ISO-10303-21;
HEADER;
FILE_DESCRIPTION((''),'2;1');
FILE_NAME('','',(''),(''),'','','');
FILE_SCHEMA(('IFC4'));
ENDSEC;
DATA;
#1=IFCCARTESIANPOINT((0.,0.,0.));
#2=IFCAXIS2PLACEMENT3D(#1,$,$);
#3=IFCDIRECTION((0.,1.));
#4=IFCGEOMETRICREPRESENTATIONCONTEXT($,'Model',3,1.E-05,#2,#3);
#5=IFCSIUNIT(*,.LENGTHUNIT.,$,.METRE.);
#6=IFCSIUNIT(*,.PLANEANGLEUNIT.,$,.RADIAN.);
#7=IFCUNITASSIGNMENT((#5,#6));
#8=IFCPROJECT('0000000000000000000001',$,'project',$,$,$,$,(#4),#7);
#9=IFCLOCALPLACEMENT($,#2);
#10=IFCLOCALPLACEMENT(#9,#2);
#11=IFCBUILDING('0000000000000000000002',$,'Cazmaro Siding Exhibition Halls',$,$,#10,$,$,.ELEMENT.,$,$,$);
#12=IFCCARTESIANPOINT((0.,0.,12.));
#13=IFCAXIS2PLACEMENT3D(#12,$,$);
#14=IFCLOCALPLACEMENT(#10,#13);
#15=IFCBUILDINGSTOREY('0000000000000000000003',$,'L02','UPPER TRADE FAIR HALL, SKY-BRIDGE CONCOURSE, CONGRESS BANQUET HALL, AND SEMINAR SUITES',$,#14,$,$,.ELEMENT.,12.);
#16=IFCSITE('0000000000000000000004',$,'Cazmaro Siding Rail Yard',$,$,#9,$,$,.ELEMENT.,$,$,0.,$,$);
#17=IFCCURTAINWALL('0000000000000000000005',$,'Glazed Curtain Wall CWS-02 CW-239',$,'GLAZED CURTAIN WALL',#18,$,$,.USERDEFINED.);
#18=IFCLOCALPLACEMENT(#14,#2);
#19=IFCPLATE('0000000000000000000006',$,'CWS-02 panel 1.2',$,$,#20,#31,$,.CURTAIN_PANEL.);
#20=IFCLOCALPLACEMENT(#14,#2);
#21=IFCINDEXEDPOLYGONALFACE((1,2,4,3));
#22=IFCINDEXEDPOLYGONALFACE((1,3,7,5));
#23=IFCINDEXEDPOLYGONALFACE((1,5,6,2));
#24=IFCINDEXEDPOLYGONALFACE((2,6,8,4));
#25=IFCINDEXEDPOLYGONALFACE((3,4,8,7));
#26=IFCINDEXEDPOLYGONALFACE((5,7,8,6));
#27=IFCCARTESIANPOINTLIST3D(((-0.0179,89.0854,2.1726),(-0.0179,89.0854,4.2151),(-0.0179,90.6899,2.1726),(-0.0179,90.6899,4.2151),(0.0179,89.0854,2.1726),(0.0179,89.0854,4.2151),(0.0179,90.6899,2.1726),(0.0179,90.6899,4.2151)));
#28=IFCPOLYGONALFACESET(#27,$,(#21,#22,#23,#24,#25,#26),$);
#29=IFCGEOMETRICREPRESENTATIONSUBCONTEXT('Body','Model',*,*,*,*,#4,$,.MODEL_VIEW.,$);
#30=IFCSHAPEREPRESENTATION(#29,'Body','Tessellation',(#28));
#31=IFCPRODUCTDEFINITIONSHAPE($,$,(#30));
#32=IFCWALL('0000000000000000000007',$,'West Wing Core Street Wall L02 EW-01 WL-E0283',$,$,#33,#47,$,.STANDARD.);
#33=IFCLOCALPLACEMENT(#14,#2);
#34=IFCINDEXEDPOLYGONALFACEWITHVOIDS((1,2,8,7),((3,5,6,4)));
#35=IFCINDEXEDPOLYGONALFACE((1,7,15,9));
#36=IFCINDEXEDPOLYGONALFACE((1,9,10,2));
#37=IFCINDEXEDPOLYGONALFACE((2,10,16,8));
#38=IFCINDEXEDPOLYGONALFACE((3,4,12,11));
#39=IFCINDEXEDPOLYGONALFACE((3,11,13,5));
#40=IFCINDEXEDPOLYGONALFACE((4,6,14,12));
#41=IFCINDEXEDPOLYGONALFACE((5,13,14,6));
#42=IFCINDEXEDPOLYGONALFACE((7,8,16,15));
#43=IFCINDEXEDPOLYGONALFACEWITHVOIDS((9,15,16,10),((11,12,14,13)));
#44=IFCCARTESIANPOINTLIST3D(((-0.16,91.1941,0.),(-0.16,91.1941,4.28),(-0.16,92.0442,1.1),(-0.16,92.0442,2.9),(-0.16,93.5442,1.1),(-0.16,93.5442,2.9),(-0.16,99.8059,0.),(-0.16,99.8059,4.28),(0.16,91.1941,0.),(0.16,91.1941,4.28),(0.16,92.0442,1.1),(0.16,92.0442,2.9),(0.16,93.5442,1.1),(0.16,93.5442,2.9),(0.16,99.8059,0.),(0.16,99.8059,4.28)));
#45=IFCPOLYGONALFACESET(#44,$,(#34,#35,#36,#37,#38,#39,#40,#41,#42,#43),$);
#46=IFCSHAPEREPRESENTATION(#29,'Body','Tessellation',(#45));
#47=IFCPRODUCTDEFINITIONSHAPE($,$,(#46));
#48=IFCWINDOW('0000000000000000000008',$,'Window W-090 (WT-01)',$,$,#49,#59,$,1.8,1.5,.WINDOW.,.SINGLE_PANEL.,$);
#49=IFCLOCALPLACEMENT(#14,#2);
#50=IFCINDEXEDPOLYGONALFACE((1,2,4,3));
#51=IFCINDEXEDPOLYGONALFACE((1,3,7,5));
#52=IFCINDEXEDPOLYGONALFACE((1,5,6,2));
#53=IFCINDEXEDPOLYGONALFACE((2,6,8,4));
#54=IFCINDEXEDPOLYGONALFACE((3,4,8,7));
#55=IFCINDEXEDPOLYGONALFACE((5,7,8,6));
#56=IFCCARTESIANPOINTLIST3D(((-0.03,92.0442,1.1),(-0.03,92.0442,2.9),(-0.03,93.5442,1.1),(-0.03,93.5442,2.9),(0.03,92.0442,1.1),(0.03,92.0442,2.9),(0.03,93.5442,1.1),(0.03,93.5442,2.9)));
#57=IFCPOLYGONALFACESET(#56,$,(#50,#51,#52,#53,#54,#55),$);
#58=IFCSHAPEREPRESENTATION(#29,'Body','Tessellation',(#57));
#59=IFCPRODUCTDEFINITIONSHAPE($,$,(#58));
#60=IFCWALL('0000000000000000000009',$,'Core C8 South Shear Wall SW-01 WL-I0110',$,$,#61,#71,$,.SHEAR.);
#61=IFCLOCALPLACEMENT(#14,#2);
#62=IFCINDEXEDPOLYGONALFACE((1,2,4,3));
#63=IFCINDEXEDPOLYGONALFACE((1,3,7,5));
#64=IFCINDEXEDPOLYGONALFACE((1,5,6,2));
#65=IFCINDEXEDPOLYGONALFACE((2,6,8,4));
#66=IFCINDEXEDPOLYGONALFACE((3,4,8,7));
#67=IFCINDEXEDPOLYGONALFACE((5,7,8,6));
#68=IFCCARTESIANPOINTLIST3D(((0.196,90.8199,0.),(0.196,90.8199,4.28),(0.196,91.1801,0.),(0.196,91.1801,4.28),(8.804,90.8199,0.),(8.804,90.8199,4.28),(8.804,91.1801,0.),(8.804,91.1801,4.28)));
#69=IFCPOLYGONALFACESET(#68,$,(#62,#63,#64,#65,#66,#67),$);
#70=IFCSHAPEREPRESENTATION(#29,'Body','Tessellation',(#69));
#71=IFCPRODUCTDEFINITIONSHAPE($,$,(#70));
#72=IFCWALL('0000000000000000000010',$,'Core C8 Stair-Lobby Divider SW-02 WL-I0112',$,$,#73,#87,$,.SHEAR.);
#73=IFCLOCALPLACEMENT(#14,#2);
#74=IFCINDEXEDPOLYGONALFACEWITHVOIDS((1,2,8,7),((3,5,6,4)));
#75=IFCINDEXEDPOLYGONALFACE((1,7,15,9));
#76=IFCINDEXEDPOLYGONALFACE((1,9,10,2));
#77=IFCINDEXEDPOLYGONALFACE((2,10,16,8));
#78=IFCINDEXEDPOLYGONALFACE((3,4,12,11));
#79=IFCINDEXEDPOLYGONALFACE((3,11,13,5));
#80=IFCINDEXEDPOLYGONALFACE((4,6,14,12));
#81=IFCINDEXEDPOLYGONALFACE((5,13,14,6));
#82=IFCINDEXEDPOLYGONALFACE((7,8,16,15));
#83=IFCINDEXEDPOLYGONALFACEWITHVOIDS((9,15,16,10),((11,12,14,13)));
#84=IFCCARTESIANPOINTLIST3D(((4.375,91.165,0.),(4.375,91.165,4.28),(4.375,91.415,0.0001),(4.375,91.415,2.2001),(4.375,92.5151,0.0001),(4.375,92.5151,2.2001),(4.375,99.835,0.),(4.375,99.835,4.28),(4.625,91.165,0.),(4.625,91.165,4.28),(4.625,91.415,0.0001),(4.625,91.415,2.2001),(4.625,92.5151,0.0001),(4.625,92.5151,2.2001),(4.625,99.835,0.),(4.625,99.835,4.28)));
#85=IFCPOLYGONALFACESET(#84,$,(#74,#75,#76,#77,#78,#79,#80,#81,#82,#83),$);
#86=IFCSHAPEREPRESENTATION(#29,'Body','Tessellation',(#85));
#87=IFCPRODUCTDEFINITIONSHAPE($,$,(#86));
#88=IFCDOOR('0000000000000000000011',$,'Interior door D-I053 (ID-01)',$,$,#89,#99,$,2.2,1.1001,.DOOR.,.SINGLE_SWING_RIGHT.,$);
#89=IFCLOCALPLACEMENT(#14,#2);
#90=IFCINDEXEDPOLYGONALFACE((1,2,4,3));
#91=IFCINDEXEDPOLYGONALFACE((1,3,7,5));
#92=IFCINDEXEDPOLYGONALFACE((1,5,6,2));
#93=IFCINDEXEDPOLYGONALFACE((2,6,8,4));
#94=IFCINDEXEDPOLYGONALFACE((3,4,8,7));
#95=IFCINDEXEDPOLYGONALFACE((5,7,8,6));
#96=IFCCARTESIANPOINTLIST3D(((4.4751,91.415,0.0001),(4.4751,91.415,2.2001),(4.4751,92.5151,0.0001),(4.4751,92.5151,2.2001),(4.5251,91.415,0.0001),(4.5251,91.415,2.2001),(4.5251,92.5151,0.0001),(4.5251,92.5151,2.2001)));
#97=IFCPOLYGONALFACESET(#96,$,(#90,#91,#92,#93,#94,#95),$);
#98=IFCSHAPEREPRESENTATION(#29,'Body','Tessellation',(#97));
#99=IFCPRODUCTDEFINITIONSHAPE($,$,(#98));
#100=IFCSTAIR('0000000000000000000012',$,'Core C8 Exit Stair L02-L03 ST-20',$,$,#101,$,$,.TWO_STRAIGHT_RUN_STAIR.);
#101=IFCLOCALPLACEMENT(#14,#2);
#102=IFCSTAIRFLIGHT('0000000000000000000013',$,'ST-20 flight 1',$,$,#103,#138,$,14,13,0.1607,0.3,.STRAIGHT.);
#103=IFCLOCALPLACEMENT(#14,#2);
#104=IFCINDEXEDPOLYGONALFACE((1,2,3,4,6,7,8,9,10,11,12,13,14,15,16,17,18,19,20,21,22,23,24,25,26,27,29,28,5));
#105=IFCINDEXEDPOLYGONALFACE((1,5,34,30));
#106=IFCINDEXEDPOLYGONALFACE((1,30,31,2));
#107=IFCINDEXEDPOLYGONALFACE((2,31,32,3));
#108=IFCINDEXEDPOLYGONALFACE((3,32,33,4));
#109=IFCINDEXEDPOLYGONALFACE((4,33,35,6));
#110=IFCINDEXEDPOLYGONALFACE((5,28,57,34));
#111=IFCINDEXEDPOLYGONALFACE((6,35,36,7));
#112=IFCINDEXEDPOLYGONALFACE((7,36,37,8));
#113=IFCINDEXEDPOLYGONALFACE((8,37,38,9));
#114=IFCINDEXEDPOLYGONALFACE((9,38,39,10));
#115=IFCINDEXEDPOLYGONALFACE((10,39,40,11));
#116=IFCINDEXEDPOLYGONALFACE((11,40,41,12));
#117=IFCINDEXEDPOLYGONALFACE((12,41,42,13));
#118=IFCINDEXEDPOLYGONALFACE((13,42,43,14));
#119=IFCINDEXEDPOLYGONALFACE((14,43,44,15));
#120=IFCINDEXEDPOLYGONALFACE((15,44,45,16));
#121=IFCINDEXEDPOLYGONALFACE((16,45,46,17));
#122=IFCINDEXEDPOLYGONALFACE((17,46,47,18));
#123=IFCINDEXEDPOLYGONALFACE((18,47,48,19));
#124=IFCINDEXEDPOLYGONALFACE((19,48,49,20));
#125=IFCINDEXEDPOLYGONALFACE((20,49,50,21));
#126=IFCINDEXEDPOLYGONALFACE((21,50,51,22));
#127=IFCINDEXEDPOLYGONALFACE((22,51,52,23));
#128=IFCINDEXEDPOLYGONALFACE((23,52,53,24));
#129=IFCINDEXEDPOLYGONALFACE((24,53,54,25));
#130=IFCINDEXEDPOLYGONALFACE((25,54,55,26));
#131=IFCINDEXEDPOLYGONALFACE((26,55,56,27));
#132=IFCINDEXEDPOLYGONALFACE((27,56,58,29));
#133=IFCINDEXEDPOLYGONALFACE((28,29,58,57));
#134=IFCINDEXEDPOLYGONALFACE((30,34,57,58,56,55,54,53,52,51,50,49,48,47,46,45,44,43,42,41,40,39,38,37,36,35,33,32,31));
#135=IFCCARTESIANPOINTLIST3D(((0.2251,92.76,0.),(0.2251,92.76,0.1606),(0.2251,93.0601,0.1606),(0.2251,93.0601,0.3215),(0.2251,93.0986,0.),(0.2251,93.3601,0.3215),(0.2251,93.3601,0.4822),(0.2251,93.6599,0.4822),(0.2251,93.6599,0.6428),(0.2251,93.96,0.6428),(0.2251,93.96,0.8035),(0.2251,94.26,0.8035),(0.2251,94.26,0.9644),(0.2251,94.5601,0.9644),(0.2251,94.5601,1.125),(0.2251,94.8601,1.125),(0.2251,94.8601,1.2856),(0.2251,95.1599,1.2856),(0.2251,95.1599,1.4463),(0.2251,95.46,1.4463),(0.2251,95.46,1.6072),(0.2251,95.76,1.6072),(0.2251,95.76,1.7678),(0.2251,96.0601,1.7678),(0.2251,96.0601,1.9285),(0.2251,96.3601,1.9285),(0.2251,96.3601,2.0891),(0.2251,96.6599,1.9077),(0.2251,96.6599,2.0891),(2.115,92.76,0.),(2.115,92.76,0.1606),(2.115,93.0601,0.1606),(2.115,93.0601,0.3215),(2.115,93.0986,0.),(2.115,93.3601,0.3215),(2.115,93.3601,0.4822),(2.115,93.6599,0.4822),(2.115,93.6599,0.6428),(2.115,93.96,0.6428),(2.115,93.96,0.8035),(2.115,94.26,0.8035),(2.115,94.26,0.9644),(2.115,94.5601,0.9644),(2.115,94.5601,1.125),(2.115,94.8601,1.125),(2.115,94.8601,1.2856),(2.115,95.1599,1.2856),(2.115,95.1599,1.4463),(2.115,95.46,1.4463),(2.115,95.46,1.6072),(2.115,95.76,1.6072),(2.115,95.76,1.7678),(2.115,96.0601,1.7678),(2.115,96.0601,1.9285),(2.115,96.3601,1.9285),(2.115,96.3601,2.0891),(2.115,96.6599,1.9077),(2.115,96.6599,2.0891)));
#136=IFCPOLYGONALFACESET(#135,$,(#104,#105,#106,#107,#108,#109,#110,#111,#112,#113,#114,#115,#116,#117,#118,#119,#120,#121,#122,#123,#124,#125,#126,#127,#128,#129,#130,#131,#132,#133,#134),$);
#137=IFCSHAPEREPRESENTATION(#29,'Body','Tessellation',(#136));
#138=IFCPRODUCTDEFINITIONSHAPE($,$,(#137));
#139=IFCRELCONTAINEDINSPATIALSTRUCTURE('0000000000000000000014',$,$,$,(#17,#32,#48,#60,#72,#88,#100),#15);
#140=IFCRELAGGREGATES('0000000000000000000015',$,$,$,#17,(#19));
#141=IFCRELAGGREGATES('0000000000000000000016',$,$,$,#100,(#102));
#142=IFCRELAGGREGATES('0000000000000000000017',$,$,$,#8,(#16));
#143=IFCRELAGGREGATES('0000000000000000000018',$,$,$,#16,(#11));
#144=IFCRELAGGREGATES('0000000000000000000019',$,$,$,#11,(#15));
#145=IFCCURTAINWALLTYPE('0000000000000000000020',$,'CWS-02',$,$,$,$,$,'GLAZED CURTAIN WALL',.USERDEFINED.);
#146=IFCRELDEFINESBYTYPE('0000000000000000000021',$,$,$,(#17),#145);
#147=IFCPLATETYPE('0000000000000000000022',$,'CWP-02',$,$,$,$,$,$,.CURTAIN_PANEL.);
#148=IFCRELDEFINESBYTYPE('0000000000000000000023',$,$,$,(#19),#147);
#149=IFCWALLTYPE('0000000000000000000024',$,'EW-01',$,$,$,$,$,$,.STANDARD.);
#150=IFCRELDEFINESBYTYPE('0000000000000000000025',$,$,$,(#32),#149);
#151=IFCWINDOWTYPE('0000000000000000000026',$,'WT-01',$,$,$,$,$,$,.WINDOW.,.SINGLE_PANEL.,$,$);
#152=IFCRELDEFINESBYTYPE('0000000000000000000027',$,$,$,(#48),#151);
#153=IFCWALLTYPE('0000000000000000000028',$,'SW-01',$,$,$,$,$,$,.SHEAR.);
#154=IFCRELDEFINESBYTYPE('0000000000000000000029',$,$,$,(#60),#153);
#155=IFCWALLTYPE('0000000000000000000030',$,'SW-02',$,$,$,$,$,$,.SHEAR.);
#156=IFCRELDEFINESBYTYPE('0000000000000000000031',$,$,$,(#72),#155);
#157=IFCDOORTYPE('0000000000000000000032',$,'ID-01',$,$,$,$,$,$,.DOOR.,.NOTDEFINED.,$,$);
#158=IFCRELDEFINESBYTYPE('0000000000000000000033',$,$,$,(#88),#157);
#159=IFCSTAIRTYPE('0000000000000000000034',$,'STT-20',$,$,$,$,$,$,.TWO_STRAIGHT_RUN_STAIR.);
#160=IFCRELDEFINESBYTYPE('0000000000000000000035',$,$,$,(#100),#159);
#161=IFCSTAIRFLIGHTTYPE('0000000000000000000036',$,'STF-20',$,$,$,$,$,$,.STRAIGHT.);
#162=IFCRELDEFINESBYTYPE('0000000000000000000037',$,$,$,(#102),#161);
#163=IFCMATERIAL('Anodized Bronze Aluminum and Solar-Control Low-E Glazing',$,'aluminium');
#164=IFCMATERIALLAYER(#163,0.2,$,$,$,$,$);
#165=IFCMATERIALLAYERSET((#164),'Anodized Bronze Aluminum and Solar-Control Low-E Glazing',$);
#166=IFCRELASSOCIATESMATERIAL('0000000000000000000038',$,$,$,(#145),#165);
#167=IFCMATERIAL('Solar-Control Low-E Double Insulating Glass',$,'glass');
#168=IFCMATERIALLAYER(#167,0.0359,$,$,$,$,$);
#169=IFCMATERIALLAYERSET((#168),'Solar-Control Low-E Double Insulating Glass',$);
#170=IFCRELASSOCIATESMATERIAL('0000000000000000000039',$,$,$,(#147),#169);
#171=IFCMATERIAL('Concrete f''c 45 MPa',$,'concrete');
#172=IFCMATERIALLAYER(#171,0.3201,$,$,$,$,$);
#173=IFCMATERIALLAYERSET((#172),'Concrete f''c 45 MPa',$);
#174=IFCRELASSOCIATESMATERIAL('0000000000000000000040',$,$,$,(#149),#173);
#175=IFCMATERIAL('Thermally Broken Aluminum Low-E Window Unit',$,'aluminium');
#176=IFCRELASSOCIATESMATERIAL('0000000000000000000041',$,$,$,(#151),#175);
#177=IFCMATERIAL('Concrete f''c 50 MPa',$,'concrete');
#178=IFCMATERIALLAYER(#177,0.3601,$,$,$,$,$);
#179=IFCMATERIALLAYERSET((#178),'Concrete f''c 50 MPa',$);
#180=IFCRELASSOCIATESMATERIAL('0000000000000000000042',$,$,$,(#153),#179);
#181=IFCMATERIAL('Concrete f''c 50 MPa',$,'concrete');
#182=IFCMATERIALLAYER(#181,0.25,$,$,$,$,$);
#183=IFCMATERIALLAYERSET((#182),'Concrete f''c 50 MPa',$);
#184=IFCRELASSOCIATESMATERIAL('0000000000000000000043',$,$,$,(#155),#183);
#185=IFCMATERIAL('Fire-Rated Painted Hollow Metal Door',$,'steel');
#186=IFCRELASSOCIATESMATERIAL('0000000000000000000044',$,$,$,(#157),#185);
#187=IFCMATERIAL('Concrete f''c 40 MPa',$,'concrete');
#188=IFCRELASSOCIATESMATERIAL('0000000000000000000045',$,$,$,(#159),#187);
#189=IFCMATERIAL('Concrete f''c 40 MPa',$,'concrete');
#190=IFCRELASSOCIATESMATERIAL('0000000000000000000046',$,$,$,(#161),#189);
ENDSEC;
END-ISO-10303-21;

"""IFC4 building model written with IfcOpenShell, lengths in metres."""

from ifc_helpers import new_model, si_unit, direction, frame, frame_2d, origin, origin_2d, place, context, subcontext, project, spatial, polyline, rectangle, outline, extrude, material, layer, layer_set, type_object, element, fill, aggregate, save


model = new_model("IFC4")

# Units and contexts
model_context = context("Model", 3, precision=1e-05, world=origin(), true_north=direction((0.0, 1.0)))
body_context = subcontext(model_context, "Body", "Model", "MODEL_VIEW")
ifc_project = project(units=[si_unit("LENGTHUNIT", "METRE"), si_unit("PLANEANGLEUNIT", "RADIAN")], contexts=[model_context])

# Site, building, storey
site_placement = place(None, origin())
site = spatial("IfcSite", under=ifc_project, at=site_placement, Name="Cazmaro Siding Rail Yard", CompositionType="ELEMENT", RefElevation=0.0)
building_placement = place(site_placement, origin())
building = spatial("IfcBuilding", under=site, at=building_placement, Name="Cazmaro Siding Exhibition Halls", CompositionType="ELEMENT")
storey_placement = place(building_placement, frame((0.0, 0.0, 12.0)))
storey = spatial("IfcBuildingStorey", under=building, at=storey_placement, Name="L02", Description="UPPER TRADE FAIR HALL, SKY-BRIDGE CONCOURSE, CONGRESS BANQUET HALL, AND SEMINAR SUITES", CompositionType="ELEMENT", Elevation=12.0)

# Curtain wall
ifc_material_1 = material(Name="Anodized Bronze Aluminum and Solar-Control Low-E Glazing", Category="aluminium")
ifc_layer_1 = layer(ifc_material_1, 0.2)
ifc_layer_set_1 = layer_set([ifc_layer_1], Name="Anodized Bronze Aluminum and Solar-Control Low-E Glazing")
curtain_wall_type = type_object("IfcCurtainWallType", Name="CWS-02", ElementType="GLAZED CURTAIN WALL", PredefinedType="USERDEFINED", material=ifc_layer_set_1)
curtain_wall_placement = place(storey_placement, origin())
curtain_wall = element("IfcCurtainWall", 1, at=curtain_wall_placement, inside=storey, type_object=curtain_wall_type, Name="Glazed Curtain Wall CWS-02 CW-239", ObjectType="GLAZED CURTAIN WALL", PredefinedType="USERDEFINED")

# Plate
ifc_material_2 = material(Name="Solar-Control Low-E Double Insulating Glass", Category="glass")
ifc_layer_2 = layer(ifc_material_2, 0.0359)
ifc_layer_set_2 = layer_set([ifc_layer_2], Name="Solar-Control Low-E Double Insulating Glass")
plate_type = type_object("IfcPlateType", Name="CWP-02", PredefinedType="CURTAIN_PANEL", material=ifc_layer_set_2)
plate_1_placement = place(storey_placement, frame((0.0, 89.8877, 2.1726), z_axis=(0.0, 0.0, 1.0), x_axis=(0.0, -1.0, 0.0)))
plate_1 = element("IfcPlate", 2, at=plate_1_placement, type_object=plate_type, Name="CWS-02 panel 1.2", PredefinedType="CURTAIN_PANEL", context=body_context, shape_type="SweptSolid", body=[
    extrude(rectangle(XDim=1.6045, YDim=0.0359, at=origin_2d()), origin(), (0.0, 0.0, 1.0), 2.0425),
])
aggregate(curtain_wall, [plate_1])

# Wall, opening, window
ifc_material_3 = material(Name="Concrete f'c 45 MPa", Category="concrete")
ifc_layer_3 = layer(ifc_material_3, 0.3201)
ifc_layer_set_3 = layer_set([ifc_layer_3], Name="Concrete f'c 45 MPa")
wall_type_1 = type_object("IfcWallType", Name="EW-01", PredefinedType="STANDARD", material=ifc_layer_set_3)
wall_1_placement = place(storey_placement, frame((0.0, 91.1941, 0.0), z_axis=(0.0, 0.0, 1.0), x_axis=(0.0, 1.0, 0.0)))
wall_1 = element("IfcWall", 3, at=wall_1_placement, inside=storey, type_object=wall_type_1, Name="West Wing Core Street Wall L02 EW-01 WL-E0283", PredefinedType="STANDARD", context=body_context, shape_type="SweptSolid", body=[
    extrude(rectangle(XDim=8.6118, YDim=0.3201, at=frame_2d((4.3059, 0.0))), origin(), (0.0, 0.0, 1.0), 4.28),
])
opening_1_placement = place(wall_1_placement, frame((0.8501, 0.0, 1.1001)))
opening_1 = element("IfcOpeningElement", 4, at=opening_1_placement, cuts=wall_1, PredefinedType="OPENING", context=body_context, shape_type="SweptSolid", body=[
    extrude(rectangle(XDim=1.5, YDim=1.8, at=frame_2d((0.75, 0.8999))), frame((0.0, 0.1699, 0.0), z_axis=(0.0, -1.0, 0.0), x_axis=(1.0, 0.0, 0.0)), (0.0, 0.0, 1.0), 0.3401),
])
ifc_material_4 = material(Name="Thermally Broken Aluminum Low-E Window Unit", Category="aluminium")
window_type = type_object("IfcWindowType", Name="WT-01", PartitioningType="SINGLE_PANEL", PredefinedType="WINDOW", material=ifc_material_4)
window_placement = place(opening_1_placement, origin())
window = element("IfcWindow", 5, at=window_placement, inside=storey, type_object=window_type, Name="Window W-090 (WT-01)", OverallHeight=1.8, OverallWidth=1.5, PartitioningType="SINGLE_PANEL", PredefinedType="WINDOW", context=body_context, shape_type="SweptSolid", body=[
    extrude(rectangle(XDim=1.5, YDim=1.8, at=frame_2d((0.75, 0.8999))), frame((0.0, 0.03, 0.0), z_axis=(0.0, -1.0, 0.0), x_axis=(1.0, 0.0, 0.0)), (0.0, 0.0, 1.0), 0.0601),
])
fill(opening_1, window)

# Wall
ifc_material_5 = material(Name="Concrete f'c 50 MPa", Category="concrete")
ifc_layer_4 = layer(ifc_material_5, 0.3601)
ifc_layer_set_4 = layer_set([ifc_layer_4], Name="Concrete f'c 50 MPa")
wall_type_2 = type_object("IfcWallType", Name="SW-01", PredefinedType="SHEAR", material=ifc_layer_set_4)
wall_2_placement = place(storey_placement, frame((0.196, 91.0, 0.0), z_axis=(0.0, 0.0, 1.0), x_axis=(1.0, 0.0, 0.0)))
element("IfcWall", 6, at=wall_2_placement, inside=storey, type_object=wall_type_2, Name="Core C8 South Shear Wall SW-01 WL-I0110", PredefinedType="SHEAR", context=body_context, shape_type="SweptSolid", body=[
    extrude(rectangle(XDim=8.6079, YDim=0.3601, at=frame_2d((4.304, 0.0))), origin(), (0.0, 0.0, 1.0), 4.28),
])

# Wall, opening, door
ifc_material_6 = material(Name="Concrete f'c 50 MPa", Category="concrete")
ifc_layer_5 = layer(ifc_material_6, 0.25)
ifc_layer_set_5 = layer_set([ifc_layer_5], Name="Concrete f'c 50 MPa")
wall_type_3 = type_object("IfcWallType", Name="SW-02", PredefinedType="SHEAR", material=ifc_layer_set_5)
wall_3_placement = place(storey_placement, frame((4.5, 91.165, 0.0), z_axis=(0.0, 0.0, 1.0), x_axis=(0.0, 1.0, 0.0)))
wall_3 = element("IfcWall", 7, at=wall_3_placement, inside=storey, type_object=wall_type_3, Name="Core C8 Stair-Lobby Divider SW-02 WL-I0112", PredefinedType="SHEAR", context=body_context, shape_type="SweptSolid", body=[
    extrude(rectangle(XDim=8.6699, YDim=0.25, at=frame_2d((4.335, 0.0))), origin(), (0.0, 0.0, 1.0), 4.28),
])
opening_2_placement = place(wall_3_placement, frame((0.25, 0.0, 0.0)))
opening_2 = element("IfcOpeningElement", 8, at=opening_2_placement, cuts=wall_3, PredefinedType="OPENING", context=body_context, shape_type="SweptSolid", body=[
    extrude(rectangle(XDim=1.1001, YDim=2.2, at=frame_2d((0.55, 1.1001))), frame((0.0, 0.135, 0.0), z_axis=(0.0, -1.0, 0.0), x_axis=(1.0, 0.0, 0.0)), (0.0, 0.0, 1.0), 0.27),
])
ifc_material_7 = material(Name="Fire-Rated Painted Hollow Metal Door", Category="steel")
door_type = type_object("IfcDoorType", Name="ID-01", OperationType="NOTDEFINED", PredefinedType="DOOR", material=ifc_material_7)
door_placement = place(opening_2_placement, origin())
door = element("IfcDoor", 9, at=door_placement, inside=storey, type_object=door_type, Name="Interior door D-I053 (ID-01)", OperationType="SINGLE_SWING_RIGHT", OverallHeight=2.2, OverallWidth=1.1001, PredefinedType="DOOR", context=body_context, shape_type="SweptSolid", body=[
    extrude(rectangle(XDim=1.1001, YDim=2.2, at=frame_2d((0.55, 1.1001))), frame((0.0, 0.0249, 0.0), z_axis=(0.0, -1.0, 0.0), x_axis=(1.0, 0.0, 0.0)), (0.0, 0.0, 1.0), 0.05),
])
fill(opening_2, door)

# Stair, stair flight
ifc_material_8 = material(Name="Concrete f'c 40 MPa", Category="concrete")
stair_type = type_object("IfcStairType", Name="STT-20", PredefinedType="TWO_STRAIGHT_RUN_STAIR", material=ifc_material_8)
stair_placement = place(storey_placement, origin())
stair = element("IfcStair", 10, at=stair_placement, inside=storey, type_object=stair_type, Name="Core C8 Exit Stair L02-L03 ST-20", PredefinedType="TWO_STRAIGHT_RUN_STAIR")
ifc_material_9 = material(Name="Concrete f'c 40 MPa", Category="concrete")
stair_flight_type = type_object("IfcStairFlightType", Name="STF-20", PredefinedType="STRAIGHT", material=ifc_material_9)
stair_flight_placement = place(storey_placement, frame((1.1699, 92.76, 0.0), z_axis=(0.0, 0.0, 1.0), x_axis=(0.0, 1.0, 0.0)))
stair_flight = element("IfcStairFlight", 11, at=stair_flight_placement, type_object=stair_flight_type, Name="ST-20 flight 1", NumberOfRisers=14, NumberOfTreads=13, PredefinedType="STRAIGHT", RiserHeight=0.1607, TreadLength=0.3, context=body_context, shape_type="SweptSolid", body=[
    extrude(outline(polyline([(0.0, 0.0), (0.0, 0.1606), (0.3, 0.1606), (0.3, 0.3215), (0.6001, 0.3215), (0.6001, 0.4822), (0.8999, 0.4822), (0.8999, 0.6428), (1.2, 0.6428), (1.2, 0.8035), (1.5, 0.8035), (1.5, 0.9644), (1.8, 0.9644), (1.8, 1.125), (2.1001, 1.125), (2.1001, 1.2856), (2.3999, 1.2856), (2.3999, 1.4463), (2.7, 1.4463), (2.7, 1.6072), (3.0, 1.6072), (3.0, 1.7678), (3.3, 1.7678), (3.3, 1.9285), (3.6001, 1.9285), (3.6001, 2.0891), (3.8999, 2.0891), (3.8999, 2.25), (3.8999, 1.9077), (0.3386, 0.0), (0.0, 0.0)])), frame((0.0, 0.9448, 0.0), z_axis=(0.0, -1.0, 0.0), x_axis=(1.0, 0.0, 0.0)), (0.0, 0.0, 1.0), 1.8899),
])
aggregate(stair, [stair_flight])

save(model, "model.ifc")
